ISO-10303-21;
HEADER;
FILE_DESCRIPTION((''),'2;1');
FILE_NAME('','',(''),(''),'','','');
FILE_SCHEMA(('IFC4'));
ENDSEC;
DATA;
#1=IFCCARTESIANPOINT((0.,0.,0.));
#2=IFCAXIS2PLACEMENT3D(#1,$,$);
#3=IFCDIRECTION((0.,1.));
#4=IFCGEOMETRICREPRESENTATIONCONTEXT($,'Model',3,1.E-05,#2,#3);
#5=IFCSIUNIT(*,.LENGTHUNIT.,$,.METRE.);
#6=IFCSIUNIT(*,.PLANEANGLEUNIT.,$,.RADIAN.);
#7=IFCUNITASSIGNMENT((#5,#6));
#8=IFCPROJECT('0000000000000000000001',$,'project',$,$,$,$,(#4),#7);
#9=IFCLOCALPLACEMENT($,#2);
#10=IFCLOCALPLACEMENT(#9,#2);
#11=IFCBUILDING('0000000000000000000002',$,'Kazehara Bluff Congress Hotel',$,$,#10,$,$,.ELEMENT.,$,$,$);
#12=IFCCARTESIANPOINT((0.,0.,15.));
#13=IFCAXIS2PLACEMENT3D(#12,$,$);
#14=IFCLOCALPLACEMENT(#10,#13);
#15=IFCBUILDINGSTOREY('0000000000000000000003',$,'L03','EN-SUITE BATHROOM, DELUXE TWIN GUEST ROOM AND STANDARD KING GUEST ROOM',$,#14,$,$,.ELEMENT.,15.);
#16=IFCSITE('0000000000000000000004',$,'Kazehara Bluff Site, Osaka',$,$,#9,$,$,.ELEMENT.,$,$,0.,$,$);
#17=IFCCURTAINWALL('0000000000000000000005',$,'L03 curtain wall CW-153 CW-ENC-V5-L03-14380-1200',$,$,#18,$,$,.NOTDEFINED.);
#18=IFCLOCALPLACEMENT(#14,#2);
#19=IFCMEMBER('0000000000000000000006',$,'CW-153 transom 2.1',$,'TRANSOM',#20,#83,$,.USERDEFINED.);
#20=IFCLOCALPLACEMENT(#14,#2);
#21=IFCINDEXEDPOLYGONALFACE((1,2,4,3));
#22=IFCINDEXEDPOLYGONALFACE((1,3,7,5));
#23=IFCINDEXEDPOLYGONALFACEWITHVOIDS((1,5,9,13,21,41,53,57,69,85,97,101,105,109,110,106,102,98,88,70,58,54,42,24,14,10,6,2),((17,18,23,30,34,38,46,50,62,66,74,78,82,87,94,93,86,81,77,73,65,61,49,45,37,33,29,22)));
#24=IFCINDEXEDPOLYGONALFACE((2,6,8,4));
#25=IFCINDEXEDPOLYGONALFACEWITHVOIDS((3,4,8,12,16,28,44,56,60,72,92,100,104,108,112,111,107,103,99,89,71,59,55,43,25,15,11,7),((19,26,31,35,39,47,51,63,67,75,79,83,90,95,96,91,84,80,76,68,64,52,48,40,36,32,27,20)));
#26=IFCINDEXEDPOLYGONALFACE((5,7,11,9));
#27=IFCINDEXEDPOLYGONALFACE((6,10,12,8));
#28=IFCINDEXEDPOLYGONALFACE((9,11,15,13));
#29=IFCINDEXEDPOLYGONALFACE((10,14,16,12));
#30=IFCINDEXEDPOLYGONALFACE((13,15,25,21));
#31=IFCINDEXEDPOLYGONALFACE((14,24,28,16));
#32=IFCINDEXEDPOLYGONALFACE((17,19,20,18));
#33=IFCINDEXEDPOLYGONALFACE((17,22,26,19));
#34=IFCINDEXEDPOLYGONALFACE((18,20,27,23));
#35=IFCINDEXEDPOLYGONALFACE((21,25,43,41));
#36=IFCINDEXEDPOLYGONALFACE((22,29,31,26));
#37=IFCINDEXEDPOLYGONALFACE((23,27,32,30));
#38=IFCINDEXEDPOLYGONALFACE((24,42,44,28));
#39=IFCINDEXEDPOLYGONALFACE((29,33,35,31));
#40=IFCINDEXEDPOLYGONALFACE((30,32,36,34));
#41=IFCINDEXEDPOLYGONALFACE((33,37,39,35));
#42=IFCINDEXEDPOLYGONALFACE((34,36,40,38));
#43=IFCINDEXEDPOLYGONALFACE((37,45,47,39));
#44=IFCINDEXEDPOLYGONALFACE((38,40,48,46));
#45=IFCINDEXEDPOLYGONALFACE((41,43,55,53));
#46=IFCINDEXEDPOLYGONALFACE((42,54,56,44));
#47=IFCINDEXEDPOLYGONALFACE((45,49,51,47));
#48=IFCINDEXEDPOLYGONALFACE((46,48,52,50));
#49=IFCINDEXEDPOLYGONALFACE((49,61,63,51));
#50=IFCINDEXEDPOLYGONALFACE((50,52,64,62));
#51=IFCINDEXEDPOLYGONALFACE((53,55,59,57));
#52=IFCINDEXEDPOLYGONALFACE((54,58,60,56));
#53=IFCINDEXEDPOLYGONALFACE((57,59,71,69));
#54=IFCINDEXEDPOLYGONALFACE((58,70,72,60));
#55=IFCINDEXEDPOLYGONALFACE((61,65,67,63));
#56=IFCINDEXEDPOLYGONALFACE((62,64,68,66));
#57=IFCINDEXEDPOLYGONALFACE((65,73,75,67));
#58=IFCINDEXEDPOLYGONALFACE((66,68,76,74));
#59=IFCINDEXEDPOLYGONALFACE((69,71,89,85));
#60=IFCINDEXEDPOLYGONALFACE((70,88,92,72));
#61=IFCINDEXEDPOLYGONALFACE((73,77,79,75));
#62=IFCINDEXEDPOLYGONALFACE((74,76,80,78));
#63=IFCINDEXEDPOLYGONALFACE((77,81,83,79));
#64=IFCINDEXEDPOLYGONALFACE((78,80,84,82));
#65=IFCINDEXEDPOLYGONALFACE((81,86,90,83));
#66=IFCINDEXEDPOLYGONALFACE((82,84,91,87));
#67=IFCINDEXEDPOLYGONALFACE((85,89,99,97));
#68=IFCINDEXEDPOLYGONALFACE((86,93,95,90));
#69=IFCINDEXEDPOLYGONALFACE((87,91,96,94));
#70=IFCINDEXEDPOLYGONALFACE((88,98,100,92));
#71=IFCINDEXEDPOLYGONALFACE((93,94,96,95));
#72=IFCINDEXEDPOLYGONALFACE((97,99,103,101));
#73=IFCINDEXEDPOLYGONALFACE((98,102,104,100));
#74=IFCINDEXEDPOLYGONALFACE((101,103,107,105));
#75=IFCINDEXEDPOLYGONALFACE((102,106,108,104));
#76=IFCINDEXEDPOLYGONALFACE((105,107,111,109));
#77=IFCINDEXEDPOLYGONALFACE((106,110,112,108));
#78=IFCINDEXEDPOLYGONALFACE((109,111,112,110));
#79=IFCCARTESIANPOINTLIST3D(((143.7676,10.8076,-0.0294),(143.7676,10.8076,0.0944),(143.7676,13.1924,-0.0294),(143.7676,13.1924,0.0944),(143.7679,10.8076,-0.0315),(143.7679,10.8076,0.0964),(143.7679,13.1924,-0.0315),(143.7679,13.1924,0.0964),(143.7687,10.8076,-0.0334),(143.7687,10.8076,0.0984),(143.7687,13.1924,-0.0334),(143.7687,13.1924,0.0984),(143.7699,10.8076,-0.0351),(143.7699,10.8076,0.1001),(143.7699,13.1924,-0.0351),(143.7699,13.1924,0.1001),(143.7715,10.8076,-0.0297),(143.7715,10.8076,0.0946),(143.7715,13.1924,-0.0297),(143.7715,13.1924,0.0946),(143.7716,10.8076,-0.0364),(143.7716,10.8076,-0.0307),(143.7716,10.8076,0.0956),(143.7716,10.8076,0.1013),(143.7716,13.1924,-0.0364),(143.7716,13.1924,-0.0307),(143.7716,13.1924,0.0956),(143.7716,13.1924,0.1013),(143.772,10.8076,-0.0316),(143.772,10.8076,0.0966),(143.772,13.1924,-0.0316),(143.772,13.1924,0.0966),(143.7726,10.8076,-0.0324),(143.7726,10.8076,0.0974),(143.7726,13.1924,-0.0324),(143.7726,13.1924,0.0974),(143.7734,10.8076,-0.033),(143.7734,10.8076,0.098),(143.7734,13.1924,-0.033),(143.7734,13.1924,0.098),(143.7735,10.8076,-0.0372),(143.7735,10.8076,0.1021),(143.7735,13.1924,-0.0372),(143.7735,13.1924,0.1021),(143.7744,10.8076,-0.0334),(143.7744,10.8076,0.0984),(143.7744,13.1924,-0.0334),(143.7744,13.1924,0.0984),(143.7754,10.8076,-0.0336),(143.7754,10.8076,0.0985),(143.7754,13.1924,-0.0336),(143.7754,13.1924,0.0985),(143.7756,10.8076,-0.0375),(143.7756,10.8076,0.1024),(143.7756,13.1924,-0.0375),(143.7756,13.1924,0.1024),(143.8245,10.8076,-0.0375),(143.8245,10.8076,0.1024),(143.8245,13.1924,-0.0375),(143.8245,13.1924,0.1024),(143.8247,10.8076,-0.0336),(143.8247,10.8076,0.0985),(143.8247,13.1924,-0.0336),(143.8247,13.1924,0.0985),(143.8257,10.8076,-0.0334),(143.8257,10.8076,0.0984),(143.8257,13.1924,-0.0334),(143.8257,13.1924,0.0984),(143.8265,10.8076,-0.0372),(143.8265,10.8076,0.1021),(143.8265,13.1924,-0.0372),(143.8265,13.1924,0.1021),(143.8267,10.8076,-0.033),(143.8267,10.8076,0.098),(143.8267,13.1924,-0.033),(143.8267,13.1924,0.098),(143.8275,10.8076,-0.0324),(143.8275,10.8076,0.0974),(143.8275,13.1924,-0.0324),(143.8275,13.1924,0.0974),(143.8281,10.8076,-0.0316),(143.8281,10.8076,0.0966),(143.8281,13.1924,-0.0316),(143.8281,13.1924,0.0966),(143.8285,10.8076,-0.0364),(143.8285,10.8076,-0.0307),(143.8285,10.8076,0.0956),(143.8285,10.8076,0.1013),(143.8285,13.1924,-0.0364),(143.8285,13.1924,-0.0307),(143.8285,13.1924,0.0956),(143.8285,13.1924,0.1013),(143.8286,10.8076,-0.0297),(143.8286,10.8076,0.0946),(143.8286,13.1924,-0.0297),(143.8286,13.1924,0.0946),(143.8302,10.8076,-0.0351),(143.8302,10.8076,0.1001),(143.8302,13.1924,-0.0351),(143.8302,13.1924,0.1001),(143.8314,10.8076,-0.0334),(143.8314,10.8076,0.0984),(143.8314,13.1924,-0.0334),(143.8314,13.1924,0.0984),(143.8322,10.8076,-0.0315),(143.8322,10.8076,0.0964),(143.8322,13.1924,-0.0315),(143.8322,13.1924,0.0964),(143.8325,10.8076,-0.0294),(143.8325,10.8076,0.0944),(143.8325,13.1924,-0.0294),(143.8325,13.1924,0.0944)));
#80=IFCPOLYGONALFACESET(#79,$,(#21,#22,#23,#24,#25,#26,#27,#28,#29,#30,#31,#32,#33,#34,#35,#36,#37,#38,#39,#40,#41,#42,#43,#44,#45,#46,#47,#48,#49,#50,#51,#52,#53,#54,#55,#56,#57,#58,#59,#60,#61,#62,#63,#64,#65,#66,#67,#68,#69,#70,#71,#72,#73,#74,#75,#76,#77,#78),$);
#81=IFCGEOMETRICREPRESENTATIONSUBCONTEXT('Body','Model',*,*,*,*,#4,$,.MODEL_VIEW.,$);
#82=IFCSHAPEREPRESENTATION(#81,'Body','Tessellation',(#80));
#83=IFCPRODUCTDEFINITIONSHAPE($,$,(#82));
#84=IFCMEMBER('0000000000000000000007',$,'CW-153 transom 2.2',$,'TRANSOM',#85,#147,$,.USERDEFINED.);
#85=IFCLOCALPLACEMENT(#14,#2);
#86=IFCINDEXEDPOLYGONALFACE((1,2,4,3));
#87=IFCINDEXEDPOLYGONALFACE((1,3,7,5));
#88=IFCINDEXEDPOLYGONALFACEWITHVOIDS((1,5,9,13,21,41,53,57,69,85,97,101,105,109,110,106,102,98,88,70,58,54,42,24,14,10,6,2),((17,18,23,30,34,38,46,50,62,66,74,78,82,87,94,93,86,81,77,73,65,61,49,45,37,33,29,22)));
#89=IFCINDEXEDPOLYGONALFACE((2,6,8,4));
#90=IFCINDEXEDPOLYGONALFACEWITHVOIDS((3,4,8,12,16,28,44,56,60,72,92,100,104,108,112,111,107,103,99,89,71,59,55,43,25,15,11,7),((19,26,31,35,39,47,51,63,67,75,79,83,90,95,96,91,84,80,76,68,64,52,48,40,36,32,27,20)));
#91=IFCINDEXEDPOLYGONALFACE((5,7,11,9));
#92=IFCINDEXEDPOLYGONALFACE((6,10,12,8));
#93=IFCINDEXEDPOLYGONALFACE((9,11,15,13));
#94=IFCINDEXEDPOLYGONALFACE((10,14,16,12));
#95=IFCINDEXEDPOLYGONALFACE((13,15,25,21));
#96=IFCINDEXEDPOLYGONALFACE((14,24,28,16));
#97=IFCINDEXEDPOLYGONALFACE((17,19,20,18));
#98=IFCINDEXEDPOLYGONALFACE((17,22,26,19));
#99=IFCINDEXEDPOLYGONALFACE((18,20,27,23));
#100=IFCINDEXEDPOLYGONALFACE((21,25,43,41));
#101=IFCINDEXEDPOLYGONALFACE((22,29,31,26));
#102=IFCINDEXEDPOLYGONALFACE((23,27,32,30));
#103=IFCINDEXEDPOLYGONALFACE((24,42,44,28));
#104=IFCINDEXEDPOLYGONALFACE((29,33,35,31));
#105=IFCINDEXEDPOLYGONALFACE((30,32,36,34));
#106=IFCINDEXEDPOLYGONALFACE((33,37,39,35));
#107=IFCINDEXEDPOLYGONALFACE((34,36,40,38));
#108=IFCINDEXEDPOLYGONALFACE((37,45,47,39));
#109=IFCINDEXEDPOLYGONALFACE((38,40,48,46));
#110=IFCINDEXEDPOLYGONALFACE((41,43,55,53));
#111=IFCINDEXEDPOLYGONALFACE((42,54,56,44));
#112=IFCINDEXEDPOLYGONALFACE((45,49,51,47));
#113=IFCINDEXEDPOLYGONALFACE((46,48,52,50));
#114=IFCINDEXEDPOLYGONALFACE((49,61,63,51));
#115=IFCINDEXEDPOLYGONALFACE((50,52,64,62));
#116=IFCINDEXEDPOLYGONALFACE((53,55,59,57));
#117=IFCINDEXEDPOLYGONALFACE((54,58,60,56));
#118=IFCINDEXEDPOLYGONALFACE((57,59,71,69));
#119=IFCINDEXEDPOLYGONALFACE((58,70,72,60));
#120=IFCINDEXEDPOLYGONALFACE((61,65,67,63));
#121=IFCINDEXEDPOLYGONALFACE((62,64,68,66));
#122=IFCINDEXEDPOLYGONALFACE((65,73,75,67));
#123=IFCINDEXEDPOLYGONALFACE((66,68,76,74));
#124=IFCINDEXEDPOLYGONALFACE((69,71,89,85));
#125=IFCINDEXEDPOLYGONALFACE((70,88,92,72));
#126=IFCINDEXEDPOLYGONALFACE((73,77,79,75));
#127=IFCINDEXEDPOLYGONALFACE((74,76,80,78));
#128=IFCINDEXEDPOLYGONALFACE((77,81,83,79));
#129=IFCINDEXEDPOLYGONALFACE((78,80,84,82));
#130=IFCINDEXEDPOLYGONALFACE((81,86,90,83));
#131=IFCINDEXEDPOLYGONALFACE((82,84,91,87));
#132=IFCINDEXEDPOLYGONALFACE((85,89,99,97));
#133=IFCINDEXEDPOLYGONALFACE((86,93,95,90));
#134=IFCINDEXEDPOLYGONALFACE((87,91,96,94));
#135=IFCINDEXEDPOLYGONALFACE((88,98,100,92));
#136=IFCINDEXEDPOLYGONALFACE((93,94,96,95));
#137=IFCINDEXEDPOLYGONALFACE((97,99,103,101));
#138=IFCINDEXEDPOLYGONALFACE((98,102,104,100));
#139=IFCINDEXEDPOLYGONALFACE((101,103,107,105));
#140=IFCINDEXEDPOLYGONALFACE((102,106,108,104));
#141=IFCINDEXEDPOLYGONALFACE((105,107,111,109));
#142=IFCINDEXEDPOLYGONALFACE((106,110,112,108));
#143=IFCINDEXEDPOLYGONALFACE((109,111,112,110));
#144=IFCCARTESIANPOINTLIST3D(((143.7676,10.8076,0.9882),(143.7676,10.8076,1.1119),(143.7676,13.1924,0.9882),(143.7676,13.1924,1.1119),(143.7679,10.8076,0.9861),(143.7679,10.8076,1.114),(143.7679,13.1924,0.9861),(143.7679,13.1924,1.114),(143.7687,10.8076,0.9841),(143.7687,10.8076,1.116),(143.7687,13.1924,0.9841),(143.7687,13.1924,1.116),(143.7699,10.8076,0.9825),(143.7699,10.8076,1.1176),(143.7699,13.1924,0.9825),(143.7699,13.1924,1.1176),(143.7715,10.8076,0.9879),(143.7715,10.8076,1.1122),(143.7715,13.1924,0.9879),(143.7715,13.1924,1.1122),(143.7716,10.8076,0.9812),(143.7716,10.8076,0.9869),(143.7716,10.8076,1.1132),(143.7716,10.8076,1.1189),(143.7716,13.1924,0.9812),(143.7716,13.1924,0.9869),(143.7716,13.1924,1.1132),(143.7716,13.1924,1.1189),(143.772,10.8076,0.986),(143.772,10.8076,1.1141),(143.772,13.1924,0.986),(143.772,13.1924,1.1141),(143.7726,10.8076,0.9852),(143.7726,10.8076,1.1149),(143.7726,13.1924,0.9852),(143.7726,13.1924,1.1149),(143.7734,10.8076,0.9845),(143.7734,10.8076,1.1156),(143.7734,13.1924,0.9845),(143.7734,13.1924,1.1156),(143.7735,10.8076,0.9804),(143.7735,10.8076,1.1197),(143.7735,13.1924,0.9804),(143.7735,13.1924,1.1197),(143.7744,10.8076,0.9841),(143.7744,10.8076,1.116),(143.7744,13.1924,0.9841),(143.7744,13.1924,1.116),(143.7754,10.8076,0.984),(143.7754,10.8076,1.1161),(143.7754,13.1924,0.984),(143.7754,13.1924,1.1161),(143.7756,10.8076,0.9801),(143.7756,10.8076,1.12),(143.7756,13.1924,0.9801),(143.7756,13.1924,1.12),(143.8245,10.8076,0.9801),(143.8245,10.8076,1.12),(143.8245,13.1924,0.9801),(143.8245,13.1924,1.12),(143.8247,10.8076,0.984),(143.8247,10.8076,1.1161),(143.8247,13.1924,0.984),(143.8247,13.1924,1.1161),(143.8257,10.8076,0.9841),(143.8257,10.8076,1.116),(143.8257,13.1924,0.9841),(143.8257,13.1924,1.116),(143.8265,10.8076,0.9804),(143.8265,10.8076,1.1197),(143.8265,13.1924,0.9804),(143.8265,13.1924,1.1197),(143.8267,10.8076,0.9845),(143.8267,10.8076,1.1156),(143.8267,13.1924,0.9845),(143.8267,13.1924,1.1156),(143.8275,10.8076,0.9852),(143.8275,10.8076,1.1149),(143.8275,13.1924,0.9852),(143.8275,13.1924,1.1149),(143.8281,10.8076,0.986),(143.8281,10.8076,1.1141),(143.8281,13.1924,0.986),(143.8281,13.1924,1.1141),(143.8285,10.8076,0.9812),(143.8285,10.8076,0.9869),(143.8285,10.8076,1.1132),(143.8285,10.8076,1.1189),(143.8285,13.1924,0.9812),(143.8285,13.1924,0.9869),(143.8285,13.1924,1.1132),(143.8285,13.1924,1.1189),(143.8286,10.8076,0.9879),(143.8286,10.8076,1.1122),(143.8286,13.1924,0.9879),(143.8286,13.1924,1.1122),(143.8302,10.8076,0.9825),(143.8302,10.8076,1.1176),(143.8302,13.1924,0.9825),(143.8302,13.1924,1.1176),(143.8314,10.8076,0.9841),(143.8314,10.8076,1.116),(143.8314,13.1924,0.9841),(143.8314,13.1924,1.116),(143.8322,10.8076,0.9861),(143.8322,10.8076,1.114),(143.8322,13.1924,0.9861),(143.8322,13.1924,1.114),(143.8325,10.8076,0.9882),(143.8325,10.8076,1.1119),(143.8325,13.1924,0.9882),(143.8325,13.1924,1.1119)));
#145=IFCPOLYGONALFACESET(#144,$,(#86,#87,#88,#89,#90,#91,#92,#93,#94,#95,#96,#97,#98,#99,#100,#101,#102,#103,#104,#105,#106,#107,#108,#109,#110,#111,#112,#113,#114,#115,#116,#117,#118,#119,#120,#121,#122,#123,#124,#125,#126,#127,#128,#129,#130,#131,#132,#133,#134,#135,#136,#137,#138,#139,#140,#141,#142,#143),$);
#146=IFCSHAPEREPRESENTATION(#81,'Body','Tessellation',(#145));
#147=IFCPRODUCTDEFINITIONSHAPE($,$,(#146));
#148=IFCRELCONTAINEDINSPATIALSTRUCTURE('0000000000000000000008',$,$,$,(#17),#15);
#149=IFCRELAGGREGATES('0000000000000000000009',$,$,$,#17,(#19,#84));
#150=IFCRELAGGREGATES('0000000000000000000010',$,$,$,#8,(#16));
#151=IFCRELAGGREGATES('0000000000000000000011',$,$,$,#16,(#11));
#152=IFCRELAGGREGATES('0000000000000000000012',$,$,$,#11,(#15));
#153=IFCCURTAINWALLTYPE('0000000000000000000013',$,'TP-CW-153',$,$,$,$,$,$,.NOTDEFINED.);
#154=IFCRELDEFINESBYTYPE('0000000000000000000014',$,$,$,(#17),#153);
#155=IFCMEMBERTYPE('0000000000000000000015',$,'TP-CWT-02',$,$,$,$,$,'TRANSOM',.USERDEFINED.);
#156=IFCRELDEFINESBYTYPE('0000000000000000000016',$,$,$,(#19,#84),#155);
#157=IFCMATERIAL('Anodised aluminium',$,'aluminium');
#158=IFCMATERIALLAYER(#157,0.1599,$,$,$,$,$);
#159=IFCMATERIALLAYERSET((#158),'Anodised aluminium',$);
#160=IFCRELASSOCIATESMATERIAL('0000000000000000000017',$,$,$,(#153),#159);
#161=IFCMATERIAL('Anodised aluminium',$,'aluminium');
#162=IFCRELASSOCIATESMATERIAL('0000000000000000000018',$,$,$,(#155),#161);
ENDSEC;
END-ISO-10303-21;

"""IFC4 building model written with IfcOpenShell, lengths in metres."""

from ifc_helpers import new_model, si_unit, direction, frame, origin, origin_2d, place, context, subcontext, project, spatial, hollow_rectangle, extrude, material, layer, layer_set, material_profile, profile_set, type_object, element, aggregate, save


model = new_model("IFC4")

# Units and contexts
model_context = context("Model", 3, precision=1e-05, world=origin(), true_north=direction((0.0, 1.0)))
body_context = subcontext(model_context, "Body", "Model", "MODEL_VIEW")
ifc_project = project(units=[si_unit("LENGTHUNIT", "METRE"), si_unit("PLANEANGLEUNIT", "RADIAN")], contexts=[model_context])

# Site, building, storey
site_placement = place(None, origin())
site = spatial("IfcSite", under=ifc_project, at=site_placement, Name="Kazehara Bluff Site, Osaka", CompositionType="ELEMENT", RefElevation=0.0)
building_placement = place(site_placement, origin())
building = spatial("IfcBuilding", under=site, at=building_placement, Name="Kazehara Bluff Congress Hotel", CompositionType="ELEMENT")
storey_placement = place(building_placement, frame((0.0, 0.0, 15.0)))
storey = spatial("IfcBuildingStorey", under=building, at=storey_placement, Name="L03", Description="EN-SUITE BATHROOM, DELUXE TWIN GUEST ROOM AND STANDARD KING GUEST ROOM", CompositionType="ELEMENT", Elevation=15.0)

# Curtain wall, members
ifc_material_1 = material(Name="Anodised aluminium", Category="aluminium")
ifc_layer_1 = layer(ifc_material_1, 0.1599)
ifc_layer_set_1 = layer_set([ifc_layer_1], Name="Anodised aluminium")
curtain_wall_type_1 = type_object("IfcCurtainWallType", Name="TP-CW-153", PredefinedType="NOTDEFINED", material=ifc_layer_set_1)
curtain_wall_1_placement = place(storey_placement, origin())
curtain_wall_1 = element("IfcCurtainWall", 1, at=curtain_wall_1_placement, inside=storey, type_object=curtain_wall_type_1, Name="L03 curtain wall CW-153 CW-ENC-V5-L03-14380-1200", PredefinedType="NOTDEFINED")
ifc_material_2 = material(Name="Anodised aluminium", Category="aluminium")
ifc_material_profile_1 = material_profile(ifc_material_2, hollow_rectangle(XDim=0.0649, YDim=0.1399, WallThickness=0.0039, InnerFilletRadius=0.0039, OuterFilletRadius=0.0081, at=origin_2d()))
ifc_profile_set_1 = profile_set([ifc_material_profile_1], Name="Anodised aluminium")
member_type_1 = type_object("IfcMemberType", Name="TP-CWT-02", ElementType="TRANSOM", PredefinedType="USERDEFINED", material=ifc_profile_set_1)
member_1_placement = place(storey_placement, frame((143.8, 10.8076, 0.0325), z_axis=(0.0, 1.0, 0.0), x_axis=(-1.0, 0.0, 0.0)))
member_1 = element("IfcMember", 2, at=member_1_placement, type_object=member_type_1, Name="CW-153 transom 2.1", ObjectType="TRANSOM", PredefinedType="USERDEFINED", context=body_context, shape_type="SweptSolid", body=[
    extrude(hollow_rectangle(XDim=0.0649, YDim=0.1399, WallThickness=0.0039, InnerFilletRadius=0.0039, OuterFilletRadius=0.0081, at=origin_2d()), origin(), (0.0, 0.0, 1.0), 2.3848),
])
member_2_placement = place(storey_placement, frame((143.8, 10.8076, 1.05), z_axis=(0.0, 1.0, 0.0), x_axis=(-1.0, 0.0, 0.0)))
member_2 = element("IfcMember", 3, at=member_2_placement, type_object=member_type_1, Name="CW-153 transom 2.2", ObjectType="TRANSOM", PredefinedType="USERDEFINED", context=body_context, shape_type="SweptSolid", body=[
    extrude(hollow_rectangle(XDim=0.0649, YDim=0.1399, WallThickness=0.0039, InnerFilletRadius=0.0039, OuterFilletRadius=0.0081, at=origin_2d()), origin(), (0.0, 0.0, 1.0), 2.3848),
])

aggregate(curtain_wall_1, [member_1, member_2])

save(model, "model.ifc")
